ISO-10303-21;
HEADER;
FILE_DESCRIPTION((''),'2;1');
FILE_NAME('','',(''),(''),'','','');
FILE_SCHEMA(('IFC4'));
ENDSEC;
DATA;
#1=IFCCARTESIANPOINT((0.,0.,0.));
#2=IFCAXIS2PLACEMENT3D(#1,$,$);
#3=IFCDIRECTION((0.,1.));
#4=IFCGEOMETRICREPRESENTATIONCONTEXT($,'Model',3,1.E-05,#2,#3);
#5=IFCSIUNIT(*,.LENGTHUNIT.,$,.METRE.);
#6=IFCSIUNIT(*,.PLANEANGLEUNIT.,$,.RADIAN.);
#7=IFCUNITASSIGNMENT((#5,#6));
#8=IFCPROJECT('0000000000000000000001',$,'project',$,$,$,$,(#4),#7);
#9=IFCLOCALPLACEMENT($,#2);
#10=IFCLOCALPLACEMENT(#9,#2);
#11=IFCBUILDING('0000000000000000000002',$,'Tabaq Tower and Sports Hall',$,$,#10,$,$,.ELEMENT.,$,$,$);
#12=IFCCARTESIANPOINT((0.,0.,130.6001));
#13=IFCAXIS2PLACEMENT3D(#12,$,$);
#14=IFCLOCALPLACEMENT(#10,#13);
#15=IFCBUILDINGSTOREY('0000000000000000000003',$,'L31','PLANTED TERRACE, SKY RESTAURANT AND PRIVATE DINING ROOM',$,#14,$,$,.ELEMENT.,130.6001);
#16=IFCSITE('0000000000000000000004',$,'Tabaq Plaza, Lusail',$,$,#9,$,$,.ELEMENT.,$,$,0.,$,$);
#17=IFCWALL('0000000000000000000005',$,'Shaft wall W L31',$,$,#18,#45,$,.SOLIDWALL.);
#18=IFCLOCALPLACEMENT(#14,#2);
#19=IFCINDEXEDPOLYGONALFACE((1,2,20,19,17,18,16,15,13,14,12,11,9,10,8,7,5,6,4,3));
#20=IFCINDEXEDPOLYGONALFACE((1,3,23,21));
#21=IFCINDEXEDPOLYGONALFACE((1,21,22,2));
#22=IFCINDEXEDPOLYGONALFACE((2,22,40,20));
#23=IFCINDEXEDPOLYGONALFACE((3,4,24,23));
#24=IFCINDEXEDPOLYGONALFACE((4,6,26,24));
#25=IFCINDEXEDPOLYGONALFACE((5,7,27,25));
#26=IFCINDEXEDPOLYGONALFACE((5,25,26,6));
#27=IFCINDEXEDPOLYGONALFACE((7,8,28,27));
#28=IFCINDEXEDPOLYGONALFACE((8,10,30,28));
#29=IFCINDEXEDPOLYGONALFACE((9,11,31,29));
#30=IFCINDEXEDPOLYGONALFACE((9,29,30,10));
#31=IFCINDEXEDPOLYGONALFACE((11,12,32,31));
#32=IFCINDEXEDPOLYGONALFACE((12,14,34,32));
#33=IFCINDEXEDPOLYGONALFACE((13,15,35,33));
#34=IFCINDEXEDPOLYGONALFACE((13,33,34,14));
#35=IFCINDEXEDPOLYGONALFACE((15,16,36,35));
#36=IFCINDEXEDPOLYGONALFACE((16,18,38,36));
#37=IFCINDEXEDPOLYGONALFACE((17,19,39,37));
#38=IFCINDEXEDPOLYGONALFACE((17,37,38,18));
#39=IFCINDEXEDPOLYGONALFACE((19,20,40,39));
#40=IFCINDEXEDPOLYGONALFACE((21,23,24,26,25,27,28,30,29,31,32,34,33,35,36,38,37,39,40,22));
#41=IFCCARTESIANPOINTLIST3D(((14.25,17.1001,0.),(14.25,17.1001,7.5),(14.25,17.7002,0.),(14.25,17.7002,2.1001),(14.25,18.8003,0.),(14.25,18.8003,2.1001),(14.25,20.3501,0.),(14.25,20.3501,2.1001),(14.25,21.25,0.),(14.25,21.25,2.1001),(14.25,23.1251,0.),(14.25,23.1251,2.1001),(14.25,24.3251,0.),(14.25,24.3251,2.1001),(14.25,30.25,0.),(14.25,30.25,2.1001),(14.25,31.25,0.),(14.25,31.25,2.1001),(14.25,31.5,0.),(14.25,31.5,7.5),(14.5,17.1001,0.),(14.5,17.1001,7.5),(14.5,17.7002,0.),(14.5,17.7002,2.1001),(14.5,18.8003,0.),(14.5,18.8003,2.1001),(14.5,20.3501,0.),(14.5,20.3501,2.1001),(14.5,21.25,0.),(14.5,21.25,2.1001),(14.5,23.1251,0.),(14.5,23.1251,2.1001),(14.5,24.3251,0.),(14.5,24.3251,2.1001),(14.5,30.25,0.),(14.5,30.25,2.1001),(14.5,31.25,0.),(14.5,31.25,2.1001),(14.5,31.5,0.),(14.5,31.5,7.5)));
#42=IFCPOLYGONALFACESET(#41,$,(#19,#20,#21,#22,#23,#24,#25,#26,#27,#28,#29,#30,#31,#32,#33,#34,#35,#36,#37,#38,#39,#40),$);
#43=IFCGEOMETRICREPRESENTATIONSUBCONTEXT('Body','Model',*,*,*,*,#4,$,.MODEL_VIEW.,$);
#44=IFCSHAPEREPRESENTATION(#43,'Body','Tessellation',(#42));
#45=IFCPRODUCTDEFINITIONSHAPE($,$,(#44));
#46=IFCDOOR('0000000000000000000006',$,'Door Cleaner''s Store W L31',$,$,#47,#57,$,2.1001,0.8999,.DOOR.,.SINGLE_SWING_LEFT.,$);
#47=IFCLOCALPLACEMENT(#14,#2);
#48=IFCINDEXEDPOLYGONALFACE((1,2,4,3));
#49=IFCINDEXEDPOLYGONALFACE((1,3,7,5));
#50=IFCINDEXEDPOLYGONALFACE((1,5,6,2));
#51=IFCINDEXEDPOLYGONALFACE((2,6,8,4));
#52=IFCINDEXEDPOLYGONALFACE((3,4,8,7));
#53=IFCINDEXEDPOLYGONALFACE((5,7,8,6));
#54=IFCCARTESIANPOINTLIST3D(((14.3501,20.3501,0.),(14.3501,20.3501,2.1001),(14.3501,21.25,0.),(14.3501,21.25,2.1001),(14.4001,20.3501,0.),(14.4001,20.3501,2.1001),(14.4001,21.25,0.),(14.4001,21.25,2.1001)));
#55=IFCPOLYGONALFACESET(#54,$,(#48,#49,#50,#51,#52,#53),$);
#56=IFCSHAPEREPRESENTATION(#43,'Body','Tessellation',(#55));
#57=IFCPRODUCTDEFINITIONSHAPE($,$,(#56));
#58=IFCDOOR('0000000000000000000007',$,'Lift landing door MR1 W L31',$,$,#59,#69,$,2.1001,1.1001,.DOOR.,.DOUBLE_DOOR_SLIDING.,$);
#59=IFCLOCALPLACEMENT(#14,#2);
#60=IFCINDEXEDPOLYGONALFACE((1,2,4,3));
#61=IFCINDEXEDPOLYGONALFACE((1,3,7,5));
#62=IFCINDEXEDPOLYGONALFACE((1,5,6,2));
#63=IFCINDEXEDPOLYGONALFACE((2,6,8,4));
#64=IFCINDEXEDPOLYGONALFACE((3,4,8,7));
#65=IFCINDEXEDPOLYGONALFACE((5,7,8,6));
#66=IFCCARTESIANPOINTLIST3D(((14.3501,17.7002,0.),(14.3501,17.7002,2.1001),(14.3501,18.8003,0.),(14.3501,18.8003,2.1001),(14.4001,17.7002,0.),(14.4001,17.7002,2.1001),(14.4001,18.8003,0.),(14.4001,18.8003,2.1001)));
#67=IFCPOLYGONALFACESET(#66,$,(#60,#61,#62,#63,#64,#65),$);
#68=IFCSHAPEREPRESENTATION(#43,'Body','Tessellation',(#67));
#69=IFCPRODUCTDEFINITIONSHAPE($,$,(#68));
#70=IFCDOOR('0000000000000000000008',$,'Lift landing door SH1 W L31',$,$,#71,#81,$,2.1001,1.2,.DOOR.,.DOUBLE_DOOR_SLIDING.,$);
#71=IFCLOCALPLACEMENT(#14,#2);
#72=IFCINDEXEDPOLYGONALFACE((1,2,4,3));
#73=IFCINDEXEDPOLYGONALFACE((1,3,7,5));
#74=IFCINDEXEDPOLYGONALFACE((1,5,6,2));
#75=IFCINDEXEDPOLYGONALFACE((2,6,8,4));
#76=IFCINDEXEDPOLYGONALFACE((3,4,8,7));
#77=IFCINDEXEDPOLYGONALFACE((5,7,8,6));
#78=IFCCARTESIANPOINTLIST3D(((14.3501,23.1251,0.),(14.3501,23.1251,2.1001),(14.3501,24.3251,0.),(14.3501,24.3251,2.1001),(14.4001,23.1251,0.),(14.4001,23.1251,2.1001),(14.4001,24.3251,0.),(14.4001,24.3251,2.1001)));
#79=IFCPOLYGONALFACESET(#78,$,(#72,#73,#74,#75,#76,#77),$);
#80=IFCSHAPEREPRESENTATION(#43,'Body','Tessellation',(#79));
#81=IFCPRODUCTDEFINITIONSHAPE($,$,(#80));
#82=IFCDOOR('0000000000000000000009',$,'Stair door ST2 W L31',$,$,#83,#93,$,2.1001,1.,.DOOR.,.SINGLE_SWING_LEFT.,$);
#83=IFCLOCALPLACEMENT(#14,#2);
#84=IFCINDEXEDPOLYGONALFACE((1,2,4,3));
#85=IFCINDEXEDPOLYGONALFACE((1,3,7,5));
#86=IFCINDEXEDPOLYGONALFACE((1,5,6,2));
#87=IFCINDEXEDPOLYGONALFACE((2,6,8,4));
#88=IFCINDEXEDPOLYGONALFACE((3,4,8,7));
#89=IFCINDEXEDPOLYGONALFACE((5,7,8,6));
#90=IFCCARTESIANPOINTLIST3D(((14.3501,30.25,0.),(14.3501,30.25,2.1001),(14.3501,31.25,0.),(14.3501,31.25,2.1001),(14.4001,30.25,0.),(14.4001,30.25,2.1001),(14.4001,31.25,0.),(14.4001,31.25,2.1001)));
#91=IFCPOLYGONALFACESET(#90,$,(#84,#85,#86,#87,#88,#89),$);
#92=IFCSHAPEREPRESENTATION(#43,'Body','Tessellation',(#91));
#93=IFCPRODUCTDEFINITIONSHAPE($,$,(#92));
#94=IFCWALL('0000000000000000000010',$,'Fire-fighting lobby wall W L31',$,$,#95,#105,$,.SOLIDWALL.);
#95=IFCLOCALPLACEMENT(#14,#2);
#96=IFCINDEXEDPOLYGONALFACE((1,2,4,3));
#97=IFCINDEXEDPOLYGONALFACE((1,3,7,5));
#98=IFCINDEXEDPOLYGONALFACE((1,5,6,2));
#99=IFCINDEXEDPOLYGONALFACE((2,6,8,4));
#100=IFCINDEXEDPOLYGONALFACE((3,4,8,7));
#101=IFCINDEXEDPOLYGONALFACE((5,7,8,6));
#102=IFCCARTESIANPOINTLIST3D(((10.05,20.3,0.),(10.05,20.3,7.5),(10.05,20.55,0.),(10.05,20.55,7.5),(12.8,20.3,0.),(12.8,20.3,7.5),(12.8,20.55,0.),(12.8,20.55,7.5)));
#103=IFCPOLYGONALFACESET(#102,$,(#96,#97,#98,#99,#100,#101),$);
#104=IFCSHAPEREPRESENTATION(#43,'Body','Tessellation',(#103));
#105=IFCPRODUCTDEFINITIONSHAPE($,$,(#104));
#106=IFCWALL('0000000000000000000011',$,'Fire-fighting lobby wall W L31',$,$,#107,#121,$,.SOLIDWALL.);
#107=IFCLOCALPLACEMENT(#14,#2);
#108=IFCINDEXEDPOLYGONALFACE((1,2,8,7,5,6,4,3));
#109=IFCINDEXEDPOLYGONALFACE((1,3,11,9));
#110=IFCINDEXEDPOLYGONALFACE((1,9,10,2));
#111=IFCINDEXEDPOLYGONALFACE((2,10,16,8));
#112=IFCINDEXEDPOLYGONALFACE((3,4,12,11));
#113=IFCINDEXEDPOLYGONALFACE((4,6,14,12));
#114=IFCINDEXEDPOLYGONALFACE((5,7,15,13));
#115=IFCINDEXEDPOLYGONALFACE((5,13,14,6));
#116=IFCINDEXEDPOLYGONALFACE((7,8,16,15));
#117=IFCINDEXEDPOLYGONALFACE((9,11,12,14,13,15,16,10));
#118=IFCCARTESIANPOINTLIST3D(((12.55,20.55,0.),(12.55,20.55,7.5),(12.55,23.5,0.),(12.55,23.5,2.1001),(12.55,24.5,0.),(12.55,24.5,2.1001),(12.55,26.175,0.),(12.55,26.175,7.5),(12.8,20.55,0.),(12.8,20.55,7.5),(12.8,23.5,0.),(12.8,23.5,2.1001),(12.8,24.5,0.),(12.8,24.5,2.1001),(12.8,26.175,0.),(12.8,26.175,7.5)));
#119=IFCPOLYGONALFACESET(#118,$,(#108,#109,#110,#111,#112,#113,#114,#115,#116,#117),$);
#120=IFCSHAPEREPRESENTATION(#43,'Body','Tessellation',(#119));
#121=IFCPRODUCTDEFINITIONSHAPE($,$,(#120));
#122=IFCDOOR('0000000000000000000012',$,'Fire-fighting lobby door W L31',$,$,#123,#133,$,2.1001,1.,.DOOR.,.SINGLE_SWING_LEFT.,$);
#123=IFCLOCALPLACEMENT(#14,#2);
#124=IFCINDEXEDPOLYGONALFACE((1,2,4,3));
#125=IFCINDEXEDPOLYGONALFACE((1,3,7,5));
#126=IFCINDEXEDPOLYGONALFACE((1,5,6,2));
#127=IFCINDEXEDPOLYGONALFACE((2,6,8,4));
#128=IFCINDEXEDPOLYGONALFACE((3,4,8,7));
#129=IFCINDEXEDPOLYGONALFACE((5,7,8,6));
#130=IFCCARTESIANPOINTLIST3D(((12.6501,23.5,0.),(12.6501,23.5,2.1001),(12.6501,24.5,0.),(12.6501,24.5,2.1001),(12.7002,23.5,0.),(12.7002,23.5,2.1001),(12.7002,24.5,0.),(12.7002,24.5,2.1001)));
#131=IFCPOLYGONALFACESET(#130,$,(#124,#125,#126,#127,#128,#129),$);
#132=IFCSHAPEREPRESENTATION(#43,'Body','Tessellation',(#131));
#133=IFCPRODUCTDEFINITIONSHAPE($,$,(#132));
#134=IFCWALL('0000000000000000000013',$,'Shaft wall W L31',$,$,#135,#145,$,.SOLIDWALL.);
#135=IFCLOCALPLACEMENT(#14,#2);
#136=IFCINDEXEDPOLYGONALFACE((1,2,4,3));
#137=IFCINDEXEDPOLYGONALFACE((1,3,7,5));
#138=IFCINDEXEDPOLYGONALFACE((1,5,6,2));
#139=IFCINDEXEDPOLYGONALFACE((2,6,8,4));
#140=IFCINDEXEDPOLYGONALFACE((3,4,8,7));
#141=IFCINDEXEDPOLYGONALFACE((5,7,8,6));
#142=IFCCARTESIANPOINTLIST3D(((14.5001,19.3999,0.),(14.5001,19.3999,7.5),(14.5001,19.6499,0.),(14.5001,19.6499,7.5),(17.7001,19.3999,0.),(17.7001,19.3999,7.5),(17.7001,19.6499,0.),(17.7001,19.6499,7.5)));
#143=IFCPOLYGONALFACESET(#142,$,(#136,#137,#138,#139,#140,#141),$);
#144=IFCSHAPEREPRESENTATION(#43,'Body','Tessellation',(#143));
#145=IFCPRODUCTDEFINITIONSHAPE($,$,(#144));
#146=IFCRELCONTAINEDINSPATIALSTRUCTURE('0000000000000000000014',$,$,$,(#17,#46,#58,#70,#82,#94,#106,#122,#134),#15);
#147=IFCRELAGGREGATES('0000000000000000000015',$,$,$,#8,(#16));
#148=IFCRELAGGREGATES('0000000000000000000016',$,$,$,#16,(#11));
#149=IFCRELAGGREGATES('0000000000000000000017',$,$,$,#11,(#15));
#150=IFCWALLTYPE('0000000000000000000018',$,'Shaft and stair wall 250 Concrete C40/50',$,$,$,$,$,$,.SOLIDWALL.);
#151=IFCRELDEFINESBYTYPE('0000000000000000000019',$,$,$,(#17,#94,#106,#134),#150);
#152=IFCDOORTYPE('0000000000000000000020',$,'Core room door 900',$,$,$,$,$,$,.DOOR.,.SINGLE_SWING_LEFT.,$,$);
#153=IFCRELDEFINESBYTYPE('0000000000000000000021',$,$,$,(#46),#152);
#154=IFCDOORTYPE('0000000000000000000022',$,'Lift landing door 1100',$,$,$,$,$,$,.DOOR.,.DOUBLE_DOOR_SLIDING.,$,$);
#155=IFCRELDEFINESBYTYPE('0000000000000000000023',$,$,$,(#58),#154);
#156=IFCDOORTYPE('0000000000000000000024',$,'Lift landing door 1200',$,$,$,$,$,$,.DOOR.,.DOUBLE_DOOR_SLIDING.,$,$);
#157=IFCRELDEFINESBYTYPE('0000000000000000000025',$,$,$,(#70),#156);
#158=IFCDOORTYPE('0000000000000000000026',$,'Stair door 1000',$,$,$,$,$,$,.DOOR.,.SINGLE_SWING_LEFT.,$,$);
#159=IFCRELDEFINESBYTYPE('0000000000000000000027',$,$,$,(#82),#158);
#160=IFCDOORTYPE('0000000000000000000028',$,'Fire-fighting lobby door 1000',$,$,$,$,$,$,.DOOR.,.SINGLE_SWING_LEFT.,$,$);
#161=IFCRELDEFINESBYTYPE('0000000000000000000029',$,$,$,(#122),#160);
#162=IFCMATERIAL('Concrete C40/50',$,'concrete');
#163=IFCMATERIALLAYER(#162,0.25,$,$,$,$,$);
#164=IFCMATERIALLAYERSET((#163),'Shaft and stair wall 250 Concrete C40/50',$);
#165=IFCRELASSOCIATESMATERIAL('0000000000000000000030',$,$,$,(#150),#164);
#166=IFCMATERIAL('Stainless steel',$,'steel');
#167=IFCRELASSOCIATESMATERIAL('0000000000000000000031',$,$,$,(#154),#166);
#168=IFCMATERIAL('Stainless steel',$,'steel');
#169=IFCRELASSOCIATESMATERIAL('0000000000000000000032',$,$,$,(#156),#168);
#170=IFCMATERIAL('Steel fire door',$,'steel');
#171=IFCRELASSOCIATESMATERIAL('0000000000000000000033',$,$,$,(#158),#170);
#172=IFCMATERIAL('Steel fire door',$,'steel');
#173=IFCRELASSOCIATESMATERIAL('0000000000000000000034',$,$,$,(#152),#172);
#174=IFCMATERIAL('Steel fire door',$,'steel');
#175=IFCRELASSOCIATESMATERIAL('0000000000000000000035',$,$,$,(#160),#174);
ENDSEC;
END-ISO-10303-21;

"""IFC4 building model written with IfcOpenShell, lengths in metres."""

from ifc_helpers import new_model, si_unit, direction, frame, frame_2d, origin, place, context, subcontext, project, spatial, rectangle, extrude, material, layer, layer_set, type_object, element, fill, save


model = new_model("IFC4")

# Units and contexts
model_context = context("Model", 3, precision=1e-05, world=origin(), true_north=direction((0.0, 1.0)))
body_context = subcontext(model_context, "Body", "Model", "MODEL_VIEW")
ifc_project = project(units=[si_unit("LENGTHUNIT", "METRE"), si_unit("PLANEANGLEUNIT", "RADIAN")], contexts=[model_context])

# Site, building, storey
site_placement = place(None, origin())
site = spatial("IfcSite", under=ifc_project, at=site_placement, Name="Tabaq Plaza, Lusail", CompositionType="ELEMENT", RefElevation=0.0)
building_placement = place(site_placement, origin())
building = spatial("IfcBuilding", under=site, at=building_placement, Name="Tabaq Tower and Sports Hall", CompositionType="ELEMENT")
storey_placement = place(building_placement, frame((0.0, 0.0, 130.6001)))
storey = spatial("IfcBuildingStorey", under=building, at=storey_placement, Name="L31", Description="PLANTED TERRACE, SKY RESTAURANT AND PRIVATE DINING ROOM", CompositionType="ELEMENT", Elevation=130.6001)

# Wall, openings, doors
ifc_material_1 = material(Name="Concrete C40/50", Category="concrete")
ifc_layer = layer(ifc_material_1, 0.25)
ifc_layer_set = layer_set([ifc_layer], Name="Shaft and stair wall 250 Concrete C40/50")
wall_type = type_object("IfcWallType", Name="Shaft and stair wall 250 Concrete C40/50", PredefinedType="SOLIDWALL", material=ifc_layer_set)
ifc_material_2 = material(Name="Stainless steel", Category="steel")
door_type_1 = type_object("IfcDoorType", Name="Lift landing door 1100", OperationType="DOUBLE_DOOR_SLIDING", PredefinedType="DOOR", material=ifc_material_2)
ifc_material_3 = material(Name="Stainless steel", Category="steel")
door_type_2 = type_object("IfcDoorType", Name="Lift landing door 1200", OperationType="DOUBLE_DOOR_SLIDING", PredefinedType="DOOR", material=ifc_material_3)
ifc_material_4 = material(Name="Steel fire door", Category="steel")
door_type_3 = type_object("IfcDoorType", Name="Stair door 1000", OperationType="SINGLE_SWING_LEFT", PredefinedType="DOOR", material=ifc_material_4)
wall_1_placement = place(storey_placement, frame((14.375, 17.1001, 0.0), z_axis=(0.0, 0.0, 1.0), x_axis=(0.0, 1.0, 0.0)))
wall_1 = element("IfcWall", 1, at=wall_1_placement, inside=storey, type_object=wall_type, Name="Shaft wall W L31", PredefinedType="SOLIDWALL", context=body_context, shape_type="SweptSolid", body=[
    extrude(rectangle(XDim=14.3999, YDim=0.25, at=frame_2d((7.2, 0.0))), origin(), (0.0, 0.0, 1.0), 7.5),
])
opening_1_placement = place(wall_1_placement, frame((13.1499, 0.0, 0.0)))
opening_1 = element("IfcOpeningElement", 2, at=opening_1_placement, cuts=wall_1, PredefinedType="OPENING", context=body_context, shape_type="SweptSolid", body=[
    extrude(rectangle(XDim=1.0, YDim=2.1001, at=frame_2d((0.5, 1.05))), frame((0.0, 0.125, 0.0), z_axis=(0.0, -1.0, 0.0), x_axis=(1.0, 0.0, 0.0)), (0.0, 0.0, 1.0), 0.25),
])
opening_2_placement = place(wall_1_placement, frame((0.6001, 0.0, 0.0)))
opening_2 = element("IfcOpeningElement", 3, at=opening_2_placement, cuts=wall_1, PredefinedType="OPENING", context=body_context, shape_type="SweptSolid", body=[
    extrude(rectangle(XDim=1.1001, YDim=2.1001, at=frame_2d((0.55, 1.05))), frame((0.0, 0.125, 0.0), z_axis=(0.0, -1.0, 0.0), x_axis=(1.0, 0.0, 0.0)), (0.0, 0.0, 1.0), 0.25),
])
opening_3_placement = place(wall_1_placement, frame((6.0249, 0.0, 0.0)))
opening_3 = element("IfcOpeningElement", 4, at=opening_3_placement, cuts=wall_1, PredefinedType="OPENING", context=body_context, shape_type="SweptSolid", body=[
    extrude(rectangle(XDim=1.2, YDim=2.1001, at=frame_2d((0.6001, 1.05))), frame((0.0, 0.125, 0.0), z_axis=(0.0, -1.0, 0.0), x_axis=(1.0, 0.0, 0.0)), (0.0, 0.0, 1.0), 0.25),
])
opening_4_placement = place(wall_1_placement, frame((3.25, 0.0, 0.0)))
opening_4 = element("IfcOpeningElement", 5, at=opening_4_placement, cuts=wall_1, PredefinedType="OPENING", context=body_context, shape_type="SweptSolid", body=[
    extrude(rectangle(XDim=0.8999, YDim=2.1001, at=frame_2d((0.45, 1.05))), frame((0.0, 0.125, 0.0), z_axis=(0.0, -1.0, 0.0), x_axis=(1.0, 0.0, 0.0)), (0.0, 0.0, 1.0), 0.25),
])
ifc_material_5 = material(Name="Steel fire door", Category="steel")
door_type_4 = type_object("IfcDoorType", Name="Core room door 900", OperationType="SINGLE_SWING_LEFT", PredefinedType="DOOR", material=ifc_material_5)
door_1_placement = place(opening_4_placement, origin())
door_1 = element("IfcDoor", 6, at=door_1_placement, inside=storey, type_object=door_type_4, Name="Door Cleaner's Store W L31", OperationType="SINGLE_SWING_LEFT", OverallHeight=2.1001, OverallWidth=0.8999, PredefinedType="DOOR", context=body_context, shape_type="SweptSolid", body=[
    extrude(rectangle(XDim=0.8999, YDim=2.1001, at=frame_2d((0.45, 1.05))), frame((0.0, 0.0249, 0.0), z_axis=(0.0, -1.0, 0.0), x_axis=(1.0, 0.0, 0.0)), (0.0, 0.0, 1.0), 0.05),
])
fill(opening_4, door_1)
door_2_placement = place(opening_2_placement, origin())
door_2 = element("IfcDoor", 7, at=door_2_placement, inside=storey, type_object=door_type_1, Name="Lift landing door MR1 W L31", OperationType="DOUBLE_DOOR_SLIDING", OverallHeight=2.1001, OverallWidth=1.1001, PredefinedType="DOOR", context=body_context, shape_type="SweptSolid", body=[
    extrude(rectangle(XDim=1.1001, YDim=2.1001, at=frame_2d((0.55, 1.05))), frame((0.0, 0.0249, 0.0), z_axis=(0.0, -1.0, 0.0), x_axis=(1.0, 0.0, 0.0)), (0.0, 0.0, 1.0), 0.05),
])
fill(opening_2, door_2)
door_3_placement = place(opening_3_placement, origin())
door_3 = element("IfcDoor", 8, at=door_3_placement, inside=storey, type_object=door_type_2, Name="Lift landing door SH1 W L31", OperationType="DOUBLE_DOOR_SLIDING", OverallHeight=2.1001, OverallWidth=1.2, PredefinedType="DOOR", context=body_context, shape_type="SweptSolid", body=[
    extrude(rectangle(XDim=1.2, YDim=2.1001, at=frame_2d((0.6001, 1.05))), frame((0.0, 0.0249, 0.0), z_axis=(0.0, -1.0, 0.0), x_axis=(1.0, 0.0, 0.0)), (0.0, 0.0, 1.0), 0.05),
])
fill(opening_3, door_3)
door_4_placement = place(opening_1_placement, origin())
door_4 = element("IfcDoor", 9, at=door_4_placement, inside=storey, type_object=door_type_3, Name="Stair door ST2 W L31", OperationType="SINGLE_SWING_LEFT", OverallHeight=2.1001, OverallWidth=1.0, PredefinedType="DOOR", context=body_context, shape_type="SweptSolid", body=[
    extrude(rectangle(XDim=1.0, YDim=2.1001, at=frame_2d((0.5, 1.05))), frame((0.0, 0.0249, 0.0), z_axis=(0.0, -1.0, 0.0), x_axis=(1.0, 0.0, 0.0)), (0.0, 0.0, 1.0), 0.05),
])
fill(opening_1, door_4)

# Wall
wall_2_placement = place(storey_placement, frame((10.05, 20.425, 0.0), z_axis=(0.0, 0.0, 1.0), x_axis=(1.0, 0.0, 0.0)))
element("IfcWall", 10, at=wall_2_placement, inside=storey, type_object=wall_type, Name="Fire-fighting lobby wall W L31", PredefinedType="SOLIDWALL", context=body_context, shape_type="SweptSolid", body=[
    extrude(rectangle(XDim=2.75, YDim=0.25, at=frame_2d((1.375, 0.0))), origin(), (0.0, 0.0, 1.0), 7.5),
])

# Wall, opening, door
wall_3_placement = place(storey_placement, frame((12.675, 20.55, 0.0), z_axis=(0.0, 0.0, 1.0), x_axis=(0.0, 1.0, 0.0)))
wall_3 = element("IfcWall", 11, at=wall_3_placement, inside=storey, type_object=wall_type, Name="Fire-fighting lobby wall W L31", PredefinedType="SOLIDWALL", context=body_context, shape_type="SweptSolid", body=[
    extrude(rectangle(XDim=5.625, YDim=0.25, at=frame_2d((2.8125, 0.0))), origin(), (0.0, 0.0, 1.0), 7.5),
])
opening_5_placement = place(wall_3_placement, frame((2.95, 0.0, 0.0)))
opening_5 = element("IfcOpeningElement", 12, at=opening_5_placement, cuts=wall_3, PredefinedType="OPENING", context=body_context, shape_type="SweptSolid", body=[
    extrude(rectangle(XDim=1.0, YDim=2.1001, at=frame_2d((0.5, 1.05))), frame((0.0, 0.125, 0.0), z_axis=(0.0, -1.0, 0.0), x_axis=(1.0, 0.0, 0.0)), (0.0, 0.0, 1.0), 0.25),
])
ifc_material_6 = material(Name="Steel fire door", Category="steel")
door_type_5 = type_object("IfcDoorType", Name="Fire-fighting lobby door 1000", OperationType="SINGLE_SWING_LEFT", PredefinedType="DOOR", material=ifc_material_6)
door_5_placement = place(opening_5_placement, origin())
door_5 = element("IfcDoor", 13, at=door_5_placement, inside=storey, type_object=door_type_5, Name="Fire-fighting lobby door W L31", OperationType="SINGLE_SWING_LEFT", OverallHeight=2.1001, OverallWidth=1.0, PredefinedType="DOOR", context=body_context, shape_type="SweptSolid", body=[
    extrude(rectangle(XDim=1.0, YDim=2.1001, at=frame_2d((0.5, 1.05))), frame((0.0, 0.0249, 0.0), z_axis=(0.0, -1.0, 0.0), x_axis=(1.0, 0.0, 0.0)), (0.0, 0.0, 1.0), 0.05),
])
fill(opening_5, door_5)

# Wall
wall_4_placement = place(storey_placement, frame((14.5, 19.5249, 0.0), z_axis=(0.0, 0.0, 1.0), x_axis=(1.0, 0.0, 0.0)))
element("IfcWall", 14, at=wall_4_placement, inside=storey, type_object=wall_type, Name="Shaft wall W L31", PredefinedType="SOLIDWALL", context=body_context, shape_type="SweptSolid", body=[
    extrude(rectangle(XDim=3.2, YDim=0.25, at=frame_2d((1.6001, 0.0))), origin(), (0.0, 0.0, 1.0), 7.5),
])

save(model, "model.ifc")
